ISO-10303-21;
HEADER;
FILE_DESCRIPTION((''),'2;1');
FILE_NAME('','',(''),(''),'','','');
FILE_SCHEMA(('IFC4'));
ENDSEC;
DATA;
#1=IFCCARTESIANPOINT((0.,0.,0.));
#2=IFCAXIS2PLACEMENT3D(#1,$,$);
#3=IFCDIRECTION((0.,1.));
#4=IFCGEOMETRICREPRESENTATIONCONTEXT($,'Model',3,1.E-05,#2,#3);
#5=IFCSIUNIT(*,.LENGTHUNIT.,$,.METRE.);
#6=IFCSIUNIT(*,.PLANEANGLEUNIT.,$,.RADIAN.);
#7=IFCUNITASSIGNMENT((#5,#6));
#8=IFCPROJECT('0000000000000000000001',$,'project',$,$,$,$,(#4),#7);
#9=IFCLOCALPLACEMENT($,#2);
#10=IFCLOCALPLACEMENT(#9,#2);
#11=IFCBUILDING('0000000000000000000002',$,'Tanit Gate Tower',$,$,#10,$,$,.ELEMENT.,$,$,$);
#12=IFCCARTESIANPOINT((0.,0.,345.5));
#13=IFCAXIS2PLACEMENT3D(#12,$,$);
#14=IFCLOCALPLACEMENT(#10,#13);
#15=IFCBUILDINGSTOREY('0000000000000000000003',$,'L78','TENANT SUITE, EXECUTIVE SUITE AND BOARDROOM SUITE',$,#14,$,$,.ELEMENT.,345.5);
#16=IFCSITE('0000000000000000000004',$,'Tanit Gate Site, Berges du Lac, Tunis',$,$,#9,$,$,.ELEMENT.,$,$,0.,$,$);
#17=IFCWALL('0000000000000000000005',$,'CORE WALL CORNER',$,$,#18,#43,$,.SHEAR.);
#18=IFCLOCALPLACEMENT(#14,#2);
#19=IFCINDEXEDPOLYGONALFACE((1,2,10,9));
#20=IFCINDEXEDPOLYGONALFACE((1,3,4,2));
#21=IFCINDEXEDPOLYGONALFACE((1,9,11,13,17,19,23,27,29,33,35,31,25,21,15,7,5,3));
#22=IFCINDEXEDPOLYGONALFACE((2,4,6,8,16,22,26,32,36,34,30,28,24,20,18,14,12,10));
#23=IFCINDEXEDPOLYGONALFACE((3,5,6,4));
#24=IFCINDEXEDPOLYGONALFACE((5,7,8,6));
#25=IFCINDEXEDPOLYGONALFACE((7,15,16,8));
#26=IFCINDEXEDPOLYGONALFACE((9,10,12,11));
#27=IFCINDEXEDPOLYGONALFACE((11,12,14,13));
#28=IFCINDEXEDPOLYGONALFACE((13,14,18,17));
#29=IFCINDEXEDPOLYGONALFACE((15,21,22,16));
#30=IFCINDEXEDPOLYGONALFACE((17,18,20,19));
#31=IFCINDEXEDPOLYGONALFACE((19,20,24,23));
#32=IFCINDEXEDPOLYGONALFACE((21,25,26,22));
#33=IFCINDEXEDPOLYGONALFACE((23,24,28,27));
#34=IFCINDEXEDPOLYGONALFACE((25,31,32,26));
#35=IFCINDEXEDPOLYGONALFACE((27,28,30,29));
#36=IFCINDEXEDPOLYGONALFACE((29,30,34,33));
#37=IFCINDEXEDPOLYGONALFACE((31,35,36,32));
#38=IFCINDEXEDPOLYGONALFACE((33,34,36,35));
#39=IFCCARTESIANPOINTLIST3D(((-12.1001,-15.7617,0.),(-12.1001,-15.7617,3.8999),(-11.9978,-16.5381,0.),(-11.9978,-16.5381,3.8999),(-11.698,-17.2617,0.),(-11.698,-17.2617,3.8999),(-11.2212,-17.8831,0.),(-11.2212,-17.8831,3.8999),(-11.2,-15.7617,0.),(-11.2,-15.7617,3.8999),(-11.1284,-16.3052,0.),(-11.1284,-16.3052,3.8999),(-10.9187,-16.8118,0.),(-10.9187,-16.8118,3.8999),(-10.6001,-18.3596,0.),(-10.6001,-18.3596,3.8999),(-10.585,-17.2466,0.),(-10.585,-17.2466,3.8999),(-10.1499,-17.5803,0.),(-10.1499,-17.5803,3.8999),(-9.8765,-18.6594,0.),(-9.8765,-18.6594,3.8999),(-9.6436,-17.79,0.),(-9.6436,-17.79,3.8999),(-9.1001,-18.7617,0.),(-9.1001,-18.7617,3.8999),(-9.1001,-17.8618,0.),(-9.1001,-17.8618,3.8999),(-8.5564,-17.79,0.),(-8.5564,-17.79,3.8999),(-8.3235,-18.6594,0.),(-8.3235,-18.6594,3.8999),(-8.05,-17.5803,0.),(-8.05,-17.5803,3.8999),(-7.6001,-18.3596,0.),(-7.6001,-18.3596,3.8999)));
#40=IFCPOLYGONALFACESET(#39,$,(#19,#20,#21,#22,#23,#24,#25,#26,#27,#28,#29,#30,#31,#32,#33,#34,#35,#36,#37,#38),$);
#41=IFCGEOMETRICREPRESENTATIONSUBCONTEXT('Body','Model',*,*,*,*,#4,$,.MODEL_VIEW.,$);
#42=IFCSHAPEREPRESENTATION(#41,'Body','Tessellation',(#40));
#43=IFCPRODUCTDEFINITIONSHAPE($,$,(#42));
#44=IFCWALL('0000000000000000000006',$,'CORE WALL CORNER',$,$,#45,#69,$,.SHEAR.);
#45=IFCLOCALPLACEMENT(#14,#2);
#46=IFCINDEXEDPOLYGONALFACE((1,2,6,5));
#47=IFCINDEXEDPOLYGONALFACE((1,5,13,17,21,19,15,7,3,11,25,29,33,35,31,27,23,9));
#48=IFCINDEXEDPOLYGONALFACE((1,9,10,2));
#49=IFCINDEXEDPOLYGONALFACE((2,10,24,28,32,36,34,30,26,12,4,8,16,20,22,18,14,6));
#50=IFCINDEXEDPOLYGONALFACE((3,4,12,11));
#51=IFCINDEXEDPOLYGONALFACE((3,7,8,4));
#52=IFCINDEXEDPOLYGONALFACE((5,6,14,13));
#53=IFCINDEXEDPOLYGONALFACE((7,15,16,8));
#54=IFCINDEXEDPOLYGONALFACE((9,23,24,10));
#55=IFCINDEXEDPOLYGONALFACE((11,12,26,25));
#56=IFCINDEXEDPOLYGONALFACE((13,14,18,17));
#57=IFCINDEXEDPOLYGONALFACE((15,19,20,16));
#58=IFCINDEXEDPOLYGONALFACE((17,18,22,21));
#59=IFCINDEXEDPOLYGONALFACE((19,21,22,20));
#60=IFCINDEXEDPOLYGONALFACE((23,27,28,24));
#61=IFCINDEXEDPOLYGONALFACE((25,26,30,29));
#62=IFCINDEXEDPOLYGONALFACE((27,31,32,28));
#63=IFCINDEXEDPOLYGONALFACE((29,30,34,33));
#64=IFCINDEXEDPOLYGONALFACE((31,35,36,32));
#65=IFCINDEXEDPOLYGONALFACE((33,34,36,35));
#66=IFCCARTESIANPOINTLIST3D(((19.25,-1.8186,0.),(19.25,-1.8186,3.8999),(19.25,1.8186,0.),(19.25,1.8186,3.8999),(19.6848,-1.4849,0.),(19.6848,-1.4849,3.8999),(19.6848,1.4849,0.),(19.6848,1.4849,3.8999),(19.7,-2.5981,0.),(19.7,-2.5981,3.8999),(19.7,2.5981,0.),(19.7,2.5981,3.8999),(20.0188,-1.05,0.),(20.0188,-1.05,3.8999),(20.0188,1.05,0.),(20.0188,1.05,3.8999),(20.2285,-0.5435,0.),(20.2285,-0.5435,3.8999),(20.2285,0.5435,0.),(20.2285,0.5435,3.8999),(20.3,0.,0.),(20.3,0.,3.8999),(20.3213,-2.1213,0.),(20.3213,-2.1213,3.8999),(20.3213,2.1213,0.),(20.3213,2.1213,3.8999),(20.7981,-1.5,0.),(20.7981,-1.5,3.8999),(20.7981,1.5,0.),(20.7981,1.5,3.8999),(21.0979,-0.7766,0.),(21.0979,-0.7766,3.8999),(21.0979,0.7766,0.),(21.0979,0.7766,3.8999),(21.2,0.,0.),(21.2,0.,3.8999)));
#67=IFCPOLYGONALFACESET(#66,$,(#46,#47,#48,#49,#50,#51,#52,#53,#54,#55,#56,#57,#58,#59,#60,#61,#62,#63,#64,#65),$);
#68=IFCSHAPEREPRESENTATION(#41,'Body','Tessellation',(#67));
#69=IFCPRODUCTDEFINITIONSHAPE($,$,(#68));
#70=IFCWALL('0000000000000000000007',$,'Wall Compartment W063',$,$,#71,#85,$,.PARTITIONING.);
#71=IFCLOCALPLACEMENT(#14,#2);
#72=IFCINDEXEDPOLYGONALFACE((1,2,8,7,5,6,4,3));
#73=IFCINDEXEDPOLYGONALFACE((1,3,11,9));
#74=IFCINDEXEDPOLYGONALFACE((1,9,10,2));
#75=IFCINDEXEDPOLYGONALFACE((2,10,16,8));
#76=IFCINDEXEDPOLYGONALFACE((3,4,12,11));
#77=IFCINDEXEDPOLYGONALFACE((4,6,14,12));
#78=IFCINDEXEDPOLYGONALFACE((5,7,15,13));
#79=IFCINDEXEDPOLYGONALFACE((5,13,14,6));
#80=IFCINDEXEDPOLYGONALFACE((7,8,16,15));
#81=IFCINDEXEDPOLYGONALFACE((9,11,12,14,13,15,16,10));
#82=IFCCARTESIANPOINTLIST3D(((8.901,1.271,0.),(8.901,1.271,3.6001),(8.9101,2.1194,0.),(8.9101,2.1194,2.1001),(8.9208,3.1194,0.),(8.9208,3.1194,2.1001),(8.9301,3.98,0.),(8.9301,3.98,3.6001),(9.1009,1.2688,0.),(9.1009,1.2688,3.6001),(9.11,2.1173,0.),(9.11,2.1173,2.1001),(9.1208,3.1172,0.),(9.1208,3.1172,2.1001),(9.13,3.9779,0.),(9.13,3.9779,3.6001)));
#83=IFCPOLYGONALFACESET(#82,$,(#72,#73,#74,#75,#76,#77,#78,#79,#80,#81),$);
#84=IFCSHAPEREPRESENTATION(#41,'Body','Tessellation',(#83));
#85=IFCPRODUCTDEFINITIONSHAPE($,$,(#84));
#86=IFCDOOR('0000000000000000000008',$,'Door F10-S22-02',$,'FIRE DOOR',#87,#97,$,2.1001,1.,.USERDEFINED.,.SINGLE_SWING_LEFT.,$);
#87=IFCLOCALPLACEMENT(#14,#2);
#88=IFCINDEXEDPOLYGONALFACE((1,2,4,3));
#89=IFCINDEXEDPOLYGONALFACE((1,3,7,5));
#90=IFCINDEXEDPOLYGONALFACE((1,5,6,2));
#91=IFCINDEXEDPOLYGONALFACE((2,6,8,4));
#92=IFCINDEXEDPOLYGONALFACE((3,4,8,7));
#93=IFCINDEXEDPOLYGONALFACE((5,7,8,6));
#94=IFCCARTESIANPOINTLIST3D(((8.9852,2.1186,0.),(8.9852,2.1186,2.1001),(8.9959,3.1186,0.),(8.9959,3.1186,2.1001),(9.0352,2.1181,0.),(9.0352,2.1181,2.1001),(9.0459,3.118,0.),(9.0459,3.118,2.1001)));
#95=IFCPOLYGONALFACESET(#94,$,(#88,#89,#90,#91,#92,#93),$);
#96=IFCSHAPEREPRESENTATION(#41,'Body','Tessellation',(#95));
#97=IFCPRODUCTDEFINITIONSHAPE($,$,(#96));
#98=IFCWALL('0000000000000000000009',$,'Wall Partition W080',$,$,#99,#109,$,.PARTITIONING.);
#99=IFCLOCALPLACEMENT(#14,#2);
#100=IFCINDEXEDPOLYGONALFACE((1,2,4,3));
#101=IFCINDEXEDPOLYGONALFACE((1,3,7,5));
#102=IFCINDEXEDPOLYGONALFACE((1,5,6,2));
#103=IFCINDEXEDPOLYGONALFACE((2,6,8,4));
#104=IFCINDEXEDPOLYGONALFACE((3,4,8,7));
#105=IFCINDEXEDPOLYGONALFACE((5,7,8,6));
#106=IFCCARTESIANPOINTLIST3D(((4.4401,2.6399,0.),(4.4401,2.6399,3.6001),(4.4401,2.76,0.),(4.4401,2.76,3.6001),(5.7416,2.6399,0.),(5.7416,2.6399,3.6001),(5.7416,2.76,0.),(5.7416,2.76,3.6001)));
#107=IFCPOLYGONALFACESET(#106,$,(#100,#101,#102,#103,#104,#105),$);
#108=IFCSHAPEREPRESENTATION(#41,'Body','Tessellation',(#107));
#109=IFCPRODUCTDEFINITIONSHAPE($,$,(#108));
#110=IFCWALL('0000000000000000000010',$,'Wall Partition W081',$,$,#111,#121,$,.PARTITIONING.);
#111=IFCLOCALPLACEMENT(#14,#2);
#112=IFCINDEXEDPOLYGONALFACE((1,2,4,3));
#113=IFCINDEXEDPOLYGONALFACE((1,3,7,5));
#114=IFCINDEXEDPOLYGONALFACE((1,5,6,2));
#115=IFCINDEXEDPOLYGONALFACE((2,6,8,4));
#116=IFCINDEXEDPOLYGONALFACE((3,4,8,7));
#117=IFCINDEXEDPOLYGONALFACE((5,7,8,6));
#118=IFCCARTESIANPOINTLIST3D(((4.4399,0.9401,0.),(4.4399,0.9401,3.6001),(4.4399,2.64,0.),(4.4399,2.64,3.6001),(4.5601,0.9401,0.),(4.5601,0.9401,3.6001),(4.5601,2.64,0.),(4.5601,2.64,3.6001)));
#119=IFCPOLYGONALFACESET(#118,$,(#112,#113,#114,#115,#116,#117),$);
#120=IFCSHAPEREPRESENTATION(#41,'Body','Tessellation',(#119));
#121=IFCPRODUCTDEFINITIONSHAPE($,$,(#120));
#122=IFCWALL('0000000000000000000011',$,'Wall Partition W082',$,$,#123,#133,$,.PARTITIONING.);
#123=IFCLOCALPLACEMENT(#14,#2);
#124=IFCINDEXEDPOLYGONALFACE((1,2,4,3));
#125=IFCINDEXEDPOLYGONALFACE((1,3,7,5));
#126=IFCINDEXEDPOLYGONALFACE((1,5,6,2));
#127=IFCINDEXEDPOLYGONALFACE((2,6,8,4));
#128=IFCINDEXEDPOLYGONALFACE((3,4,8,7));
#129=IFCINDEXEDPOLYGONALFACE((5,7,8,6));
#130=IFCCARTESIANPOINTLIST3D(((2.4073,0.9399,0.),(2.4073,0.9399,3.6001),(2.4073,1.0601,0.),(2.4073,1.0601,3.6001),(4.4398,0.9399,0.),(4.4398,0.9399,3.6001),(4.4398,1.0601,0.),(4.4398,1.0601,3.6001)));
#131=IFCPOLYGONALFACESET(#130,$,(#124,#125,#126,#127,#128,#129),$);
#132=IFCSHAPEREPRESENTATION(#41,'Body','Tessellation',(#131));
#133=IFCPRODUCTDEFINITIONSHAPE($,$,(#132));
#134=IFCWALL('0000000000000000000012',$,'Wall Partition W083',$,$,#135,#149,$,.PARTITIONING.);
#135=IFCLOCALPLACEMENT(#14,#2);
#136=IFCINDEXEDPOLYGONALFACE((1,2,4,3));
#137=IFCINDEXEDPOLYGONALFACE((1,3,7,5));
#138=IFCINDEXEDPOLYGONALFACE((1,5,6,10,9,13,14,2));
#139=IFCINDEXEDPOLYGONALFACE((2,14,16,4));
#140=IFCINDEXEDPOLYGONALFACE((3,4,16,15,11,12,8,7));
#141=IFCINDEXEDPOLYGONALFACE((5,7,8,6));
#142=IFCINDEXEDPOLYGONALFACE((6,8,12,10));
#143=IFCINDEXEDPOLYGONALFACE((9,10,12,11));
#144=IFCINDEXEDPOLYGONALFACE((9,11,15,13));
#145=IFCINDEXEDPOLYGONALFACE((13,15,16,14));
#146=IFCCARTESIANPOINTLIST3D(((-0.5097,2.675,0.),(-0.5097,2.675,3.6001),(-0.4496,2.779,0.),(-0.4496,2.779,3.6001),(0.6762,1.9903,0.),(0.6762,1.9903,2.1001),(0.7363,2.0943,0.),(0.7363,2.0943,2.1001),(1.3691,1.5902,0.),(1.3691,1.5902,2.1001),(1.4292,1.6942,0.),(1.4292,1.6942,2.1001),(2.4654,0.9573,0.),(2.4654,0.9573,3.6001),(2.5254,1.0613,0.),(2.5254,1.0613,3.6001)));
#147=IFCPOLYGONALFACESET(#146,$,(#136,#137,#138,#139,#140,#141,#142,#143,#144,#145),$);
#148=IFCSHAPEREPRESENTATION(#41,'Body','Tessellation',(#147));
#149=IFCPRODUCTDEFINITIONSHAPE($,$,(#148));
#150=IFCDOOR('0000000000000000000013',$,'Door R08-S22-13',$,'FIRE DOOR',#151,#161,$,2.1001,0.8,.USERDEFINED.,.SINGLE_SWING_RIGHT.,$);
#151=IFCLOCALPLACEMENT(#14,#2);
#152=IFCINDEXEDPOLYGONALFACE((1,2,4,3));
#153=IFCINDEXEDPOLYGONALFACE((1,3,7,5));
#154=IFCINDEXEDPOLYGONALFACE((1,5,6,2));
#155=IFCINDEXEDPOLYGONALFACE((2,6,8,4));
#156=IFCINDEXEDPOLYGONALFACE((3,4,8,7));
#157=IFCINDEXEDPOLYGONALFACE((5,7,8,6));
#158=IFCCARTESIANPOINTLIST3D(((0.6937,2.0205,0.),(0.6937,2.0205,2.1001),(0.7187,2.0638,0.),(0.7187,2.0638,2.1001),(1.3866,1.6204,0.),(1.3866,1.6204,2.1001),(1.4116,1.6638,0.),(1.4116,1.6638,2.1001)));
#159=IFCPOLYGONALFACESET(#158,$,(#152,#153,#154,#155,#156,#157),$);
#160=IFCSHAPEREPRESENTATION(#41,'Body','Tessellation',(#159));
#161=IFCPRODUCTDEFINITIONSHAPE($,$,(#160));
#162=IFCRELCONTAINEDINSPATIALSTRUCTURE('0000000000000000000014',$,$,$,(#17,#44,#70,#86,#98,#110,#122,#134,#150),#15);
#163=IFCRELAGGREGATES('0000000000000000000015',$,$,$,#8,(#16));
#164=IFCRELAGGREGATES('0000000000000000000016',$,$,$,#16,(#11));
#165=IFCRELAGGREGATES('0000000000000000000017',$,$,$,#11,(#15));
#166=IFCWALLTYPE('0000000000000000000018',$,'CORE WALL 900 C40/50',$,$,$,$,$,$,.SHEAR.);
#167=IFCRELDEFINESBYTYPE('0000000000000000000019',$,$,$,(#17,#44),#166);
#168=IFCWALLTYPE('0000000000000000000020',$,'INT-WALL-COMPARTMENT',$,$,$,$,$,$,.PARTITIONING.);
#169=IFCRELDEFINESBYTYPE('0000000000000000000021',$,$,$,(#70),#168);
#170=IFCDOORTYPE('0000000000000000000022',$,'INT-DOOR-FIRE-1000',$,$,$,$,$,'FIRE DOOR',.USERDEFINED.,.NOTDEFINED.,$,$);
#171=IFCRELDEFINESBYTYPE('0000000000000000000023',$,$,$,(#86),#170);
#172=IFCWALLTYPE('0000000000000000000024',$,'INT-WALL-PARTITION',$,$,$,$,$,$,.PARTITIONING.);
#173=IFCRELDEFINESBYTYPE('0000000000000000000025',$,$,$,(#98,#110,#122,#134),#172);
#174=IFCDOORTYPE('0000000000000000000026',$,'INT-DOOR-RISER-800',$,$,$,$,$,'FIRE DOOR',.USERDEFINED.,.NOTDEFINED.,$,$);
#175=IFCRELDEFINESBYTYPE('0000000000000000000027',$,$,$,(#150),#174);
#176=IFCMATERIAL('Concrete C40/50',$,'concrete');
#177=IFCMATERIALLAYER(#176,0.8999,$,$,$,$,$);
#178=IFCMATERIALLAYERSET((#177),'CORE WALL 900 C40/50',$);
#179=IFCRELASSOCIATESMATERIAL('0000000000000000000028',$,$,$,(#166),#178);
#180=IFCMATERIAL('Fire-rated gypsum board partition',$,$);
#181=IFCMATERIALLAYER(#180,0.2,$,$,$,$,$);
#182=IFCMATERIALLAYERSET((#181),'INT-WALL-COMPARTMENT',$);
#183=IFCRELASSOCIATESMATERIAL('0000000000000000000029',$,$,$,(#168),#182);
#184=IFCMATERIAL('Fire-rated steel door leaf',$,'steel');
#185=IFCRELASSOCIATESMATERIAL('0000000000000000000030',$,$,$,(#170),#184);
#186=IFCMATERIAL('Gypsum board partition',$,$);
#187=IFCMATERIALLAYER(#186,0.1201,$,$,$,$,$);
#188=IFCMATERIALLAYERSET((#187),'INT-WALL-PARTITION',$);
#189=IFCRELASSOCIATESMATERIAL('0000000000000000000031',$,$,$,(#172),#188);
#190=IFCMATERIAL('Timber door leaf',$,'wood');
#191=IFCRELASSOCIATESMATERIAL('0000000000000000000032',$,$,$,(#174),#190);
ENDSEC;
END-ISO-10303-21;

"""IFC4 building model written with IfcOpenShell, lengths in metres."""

from ifc_helpers import new_model, si_unit, direction, frame, frame_2d, origin, place, context, subcontext, project, spatial, polyline, rectangle, outline, extrude, material, layer, layer_set, type_object, element, fill, save


model = new_model("IFC4")

# Units and contexts
model_context = context("Model", 3, precision=1e-05, world=origin(), true_north=direction((0.0, 1.0)))
body_context = subcontext(model_context, "Body", "Model", "MODEL_VIEW")
ifc_project = project(units=[si_unit("LENGTHUNIT", "METRE"), si_unit("PLANEANGLEUNIT", "RADIAN")], contexts=[model_context])

# Site, building, storey
site_placement = place(None, origin())
site = spatial("IfcSite", under=ifc_project, at=site_placement, Name="Tanit Gate Site, Berges du Lac, Tunis", CompositionType="ELEMENT", RefElevation=0.0)
building_placement = place(site_placement, origin())
building = spatial("IfcBuilding", under=site, at=building_placement, Name="Tanit Gate Tower", CompositionType="ELEMENT")
storey_placement = place(building_placement, frame((0.0, 0.0, 345.5)))
storey = spatial("IfcBuildingStorey", under=building, at=storey_placement, Name="L78", Description="TENANT SUITE, EXECUTIVE SUITE AND BOARDROOM SUITE", CompositionType="ELEMENT", Elevation=345.5)

# Walls
ifc_material_1 = material(Name="Concrete C40/50", Category="concrete")
ifc_layer_1 = layer(ifc_material_1, 0.8999)
ifc_layer_set_1 = layer_set([ifc_layer_1], Name="CORE WALL 900 C40/50")
wall_type_1 = type_object("IfcWallType", Name="CORE WALL 900 C40/50", PredefinedType="SHEAR", material=ifc_layer_set_1)
wall_1_placement = place(storey_placement, origin())
element("IfcWall", 1, at=wall_1_placement, inside=storey, type_object=wall_type_1, Name="CORE WALL CORNER", PredefinedType="SHEAR", context=body_context, shape_type="SweptSolid", body=[
    extrude(outline(polyline([(-12.1001, -15.7617), (-11.9978, -16.5381), (-11.698, -17.2617), (-11.2212, -17.8831), (-10.6001, -18.3596), (-9.8765, -18.6594), (-9.1001, -18.7617), (-8.3235, -18.6594), (-7.6001, -18.3596), (-8.05, -17.5803), (-8.5564, -17.79), (-9.1001, -17.8618), (-9.6436, -17.79), (-10.1499, -17.5803), (-10.585, -17.2466), (-10.9187, -16.8118), (-11.1284, -16.3052), (-11.2, -15.7617), (-12.1001, -15.7617)])), origin(), (0.0, 0.0, 1.0), 3.8999),
])
wall_2_placement = place(storey_placement, origin())
element("IfcWall", 2, at=wall_2_placement, inside=storey, type_object=wall_type_1, Name="CORE WALL CORNER", PredefinedType="SHEAR", context=body_context, shape_type="SweptSolid", body=[
    extrude(outline(polyline([(19.7, -2.5981), (20.3213, -2.1213), (20.7981, -1.5), (21.0979, -0.7766), (21.2, 0.0), (21.0979, 0.7766), (20.7981, 1.5), (20.3213, 2.1213), (19.7, 2.5981), (19.25, 1.8186), (19.6848, 1.4849), (20.0188, 1.05), (20.2285, 0.5435), (20.3, 0.0), (20.2285, -0.5435), (20.0188, -1.05), (19.6848, -1.4849), (19.25, -1.8186), (19.7, -2.5981)])), origin(), (0.0, 0.0, 1.0), 3.8999),
])

# Wall, opening, door
ifc_material_2 = material(Name="Fire-rated gypsum board partition")
ifc_layer_2 = layer(ifc_material_2, 0.2)
ifc_layer_set_2 = layer_set([ifc_layer_2], Name="INT-WALL-COMPARTMENT")
wall_type_2 = type_object("IfcWallType", Name="INT-WALL-COMPARTMENT", PredefinedType="PARTITIONING", material=ifc_layer_set_2)
wall_3_placement = place(storey_placement, frame((9.001, 1.27, 0.0), z_axis=(0.0, 0.0, 1.0), x_axis=(0.010724, 0.999942, 0.0)))
wall_3 = element("IfcWall", 3, at=wall_3_placement, inside=storey, type_object=wall_type_2, Name="Wall Compartment W063", PredefinedType="PARTITIONING", context=body_context, shape_type="SweptSolid", body=[
    extrude(rectangle(XDim=2.7092, YDim=0.2, at=frame_2d((1.3545, 0.0))), origin(), (0.0, 0.0, 1.0), 3.6001),
])
opening_1_placement = place(wall_3_placement, frame((0.8484, 0.0, 0.0)))
opening_1 = element("IfcOpeningElement", 4, at=opening_1_placement, cuts=wall_3, PredefinedType="OPENING", context=body_context, shape_type="SweptSolid", body=[
    extrude(rectangle(XDim=1.0, YDim=2.1001, at=frame_2d((0.5, 1.05))), frame((0.0, 0.1099, 0.0), z_axis=(0.0, -1.0, 0.0), x_axis=(1.0, 0.0, 0.0)), (0.0, 0.0, 1.0), 0.22),
])
ifc_material_3 = material(Name="Fire-rated steel door leaf", Category="steel")
door_type_1 = type_object("IfcDoorType", Name="INT-DOOR-FIRE-1000", ElementType="FIRE DOOR", OperationType="NOTDEFINED", PredefinedType="USERDEFINED", material=ifc_material_3)
door_1_placement = place(opening_1_placement, origin())
door_1 = element("IfcDoor", 5, at=door_1_placement, inside=storey, type_object=door_type_1, Name="Door F10-S22-02", ObjectType="FIRE DOOR", OperationType="SINGLE_SWING_LEFT", OverallHeight=2.1001, OverallWidth=1.0, PredefinedType="USERDEFINED", context=body_context, shape_type="SweptSolid", body=[
    extrude(rectangle(XDim=1.0, YDim=2.1001, at=frame_2d((0.5, 1.05))), frame((0.0, 0.0249, 0.0), z_axis=(0.0, -1.0, 0.0), x_axis=(1.0, 0.0, 0.0)), (0.0, 0.0, 1.0), 0.05),
])
fill(opening_1, door_1)

# Walls
ifc_material_4 = material(Name="Gypsum board partition")
ifc_layer_3 = layer(ifc_material_4, 0.1201)
ifc_layer_set_3 = layer_set([ifc_layer_3], Name="INT-WALL-PARTITION")
wall_type_3 = type_object("IfcWallType", Name="INT-WALL-PARTITION", PredefinedType="PARTITIONING", material=ifc_layer_set_3)
wall_4_placement = place(storey_placement, frame((4.4399, 2.7, 0.0), z_axis=(0.0, 0.0, 1.0), x_axis=(1.0, 0.0, 0.0)))
element("IfcWall", 6, at=wall_4_placement, inside=storey, type_object=wall_type_3, Name="Wall Partition W080", PredefinedType="PARTITIONING", context=body_context, shape_type="SweptSolid", body=[
    extrude(rectangle(XDim=1.3015, YDim=0.1201, at=frame_2d((0.6509, 0.0))), origin(), (0.0, 0.0, 1.0), 3.6001),
])
wall_5_placement = place(storey_placement, frame((4.5, 0.9399, 0.0), z_axis=(0.0, 0.0, 1.0), x_axis=(0.0, 1.0, 0.0)))
element("IfcWall", 7, at=wall_5_placement, inside=storey, type_object=wall_type_3, Name="Wall Partition W081", PredefinedType="PARTITIONING", context=body_context, shape_type="SweptSolid", body=[
    extrude(rectangle(XDim=1.7, YDim=0.1201, at=frame_2d((0.8501, 0.0))), origin(), (0.0, 0.0, 1.0), 3.6001),
])
wall_6_placement = place(storey_placement, frame((2.4075, 1.0, 0.0), z_axis=(0.0, 0.0, 1.0), x_axis=(1.0, 0.0, 0.0)))
element("IfcWall", 8, at=wall_6_placement, inside=storey, type_object=wall_type_3, Name="Wall Partition W082", PredefinedType="PARTITIONING", context=body_context, shape_type="SweptSolid", body=[
    extrude(rectangle(XDim=2.0325, YDim=0.1201, at=frame_2d((1.0161, 0.0))), origin(), (0.0, 0.0, 1.0), 3.6001),
])

# Wall, opening, door
wall_7_placement = place(storey_placement, frame((-0.4797, 2.7271, 0.0), z_axis=(0.0, 0.0, 1.0), x_axis=(0.866013, -0.500022, 0.0)))
wall_7 = element("IfcWall", 9, at=wall_7_placement, inside=storey, type_object=wall_type_3, Name="Wall Partition W083", PredefinedType="PARTITIONING", context=body_context, shape_type="SweptSolid", body=[
    extrude(rectangle(XDim=3.4353, YDim=0.1201, at=frame_2d((1.7178, 0.0))), origin(), (0.0, 0.0, 1.0), 3.6001),
])
opening_2_placement = place(wall_7_placement, frame((1.3696, 0.0, 0.0)))
opening_2 = element("IfcOpeningElement", 10, at=opening_2_placement, cuts=wall_7, PredefinedType="OPENING", context=body_context, shape_type="SweptSolid", body=[
    extrude(rectangle(XDim=0.8, YDim=2.1001, at=frame_2d((0.3999, 1.05))), frame((0.0, 0.0701, 0.0), z_axis=(0.0, -1.0, 0.0), x_axis=(1.0, 0.0, 0.0)), (0.0, 0.0, 1.0), 0.1401),
])
ifc_material_5 = material(Name="Timber door leaf", Category="wood")
door_type_2 = type_object("IfcDoorType", Name="INT-DOOR-RISER-800", ElementType="FIRE DOOR", OperationType="NOTDEFINED", PredefinedType="USERDEFINED", material=ifc_material_5)
door_2_placement = place(opening_2_placement, origin())
door_2 = element("IfcDoor", 11, at=door_2_placement, inside=storey, type_object=door_type_2, Name="Door R08-S22-13", ObjectType="FIRE DOOR", OperationType="SINGLE_SWING_RIGHT", OverallHeight=2.1001, OverallWidth=0.8, PredefinedType="USERDEFINED", context=body_context, shape_type="SweptSolid", body=[
    extrude(rectangle(XDim=0.8, YDim=2.1001, at=frame_2d((0.3999, 1.05))), frame((0.0, 0.0249, 0.0), z_axis=(0.0, -1.0, 0.0), x_axis=(1.0, 0.0, 0.0)), (0.0, 0.0, 1.0), 0.05),
])
fill(opening_2, door_2)

save(model, "model.ifc")
